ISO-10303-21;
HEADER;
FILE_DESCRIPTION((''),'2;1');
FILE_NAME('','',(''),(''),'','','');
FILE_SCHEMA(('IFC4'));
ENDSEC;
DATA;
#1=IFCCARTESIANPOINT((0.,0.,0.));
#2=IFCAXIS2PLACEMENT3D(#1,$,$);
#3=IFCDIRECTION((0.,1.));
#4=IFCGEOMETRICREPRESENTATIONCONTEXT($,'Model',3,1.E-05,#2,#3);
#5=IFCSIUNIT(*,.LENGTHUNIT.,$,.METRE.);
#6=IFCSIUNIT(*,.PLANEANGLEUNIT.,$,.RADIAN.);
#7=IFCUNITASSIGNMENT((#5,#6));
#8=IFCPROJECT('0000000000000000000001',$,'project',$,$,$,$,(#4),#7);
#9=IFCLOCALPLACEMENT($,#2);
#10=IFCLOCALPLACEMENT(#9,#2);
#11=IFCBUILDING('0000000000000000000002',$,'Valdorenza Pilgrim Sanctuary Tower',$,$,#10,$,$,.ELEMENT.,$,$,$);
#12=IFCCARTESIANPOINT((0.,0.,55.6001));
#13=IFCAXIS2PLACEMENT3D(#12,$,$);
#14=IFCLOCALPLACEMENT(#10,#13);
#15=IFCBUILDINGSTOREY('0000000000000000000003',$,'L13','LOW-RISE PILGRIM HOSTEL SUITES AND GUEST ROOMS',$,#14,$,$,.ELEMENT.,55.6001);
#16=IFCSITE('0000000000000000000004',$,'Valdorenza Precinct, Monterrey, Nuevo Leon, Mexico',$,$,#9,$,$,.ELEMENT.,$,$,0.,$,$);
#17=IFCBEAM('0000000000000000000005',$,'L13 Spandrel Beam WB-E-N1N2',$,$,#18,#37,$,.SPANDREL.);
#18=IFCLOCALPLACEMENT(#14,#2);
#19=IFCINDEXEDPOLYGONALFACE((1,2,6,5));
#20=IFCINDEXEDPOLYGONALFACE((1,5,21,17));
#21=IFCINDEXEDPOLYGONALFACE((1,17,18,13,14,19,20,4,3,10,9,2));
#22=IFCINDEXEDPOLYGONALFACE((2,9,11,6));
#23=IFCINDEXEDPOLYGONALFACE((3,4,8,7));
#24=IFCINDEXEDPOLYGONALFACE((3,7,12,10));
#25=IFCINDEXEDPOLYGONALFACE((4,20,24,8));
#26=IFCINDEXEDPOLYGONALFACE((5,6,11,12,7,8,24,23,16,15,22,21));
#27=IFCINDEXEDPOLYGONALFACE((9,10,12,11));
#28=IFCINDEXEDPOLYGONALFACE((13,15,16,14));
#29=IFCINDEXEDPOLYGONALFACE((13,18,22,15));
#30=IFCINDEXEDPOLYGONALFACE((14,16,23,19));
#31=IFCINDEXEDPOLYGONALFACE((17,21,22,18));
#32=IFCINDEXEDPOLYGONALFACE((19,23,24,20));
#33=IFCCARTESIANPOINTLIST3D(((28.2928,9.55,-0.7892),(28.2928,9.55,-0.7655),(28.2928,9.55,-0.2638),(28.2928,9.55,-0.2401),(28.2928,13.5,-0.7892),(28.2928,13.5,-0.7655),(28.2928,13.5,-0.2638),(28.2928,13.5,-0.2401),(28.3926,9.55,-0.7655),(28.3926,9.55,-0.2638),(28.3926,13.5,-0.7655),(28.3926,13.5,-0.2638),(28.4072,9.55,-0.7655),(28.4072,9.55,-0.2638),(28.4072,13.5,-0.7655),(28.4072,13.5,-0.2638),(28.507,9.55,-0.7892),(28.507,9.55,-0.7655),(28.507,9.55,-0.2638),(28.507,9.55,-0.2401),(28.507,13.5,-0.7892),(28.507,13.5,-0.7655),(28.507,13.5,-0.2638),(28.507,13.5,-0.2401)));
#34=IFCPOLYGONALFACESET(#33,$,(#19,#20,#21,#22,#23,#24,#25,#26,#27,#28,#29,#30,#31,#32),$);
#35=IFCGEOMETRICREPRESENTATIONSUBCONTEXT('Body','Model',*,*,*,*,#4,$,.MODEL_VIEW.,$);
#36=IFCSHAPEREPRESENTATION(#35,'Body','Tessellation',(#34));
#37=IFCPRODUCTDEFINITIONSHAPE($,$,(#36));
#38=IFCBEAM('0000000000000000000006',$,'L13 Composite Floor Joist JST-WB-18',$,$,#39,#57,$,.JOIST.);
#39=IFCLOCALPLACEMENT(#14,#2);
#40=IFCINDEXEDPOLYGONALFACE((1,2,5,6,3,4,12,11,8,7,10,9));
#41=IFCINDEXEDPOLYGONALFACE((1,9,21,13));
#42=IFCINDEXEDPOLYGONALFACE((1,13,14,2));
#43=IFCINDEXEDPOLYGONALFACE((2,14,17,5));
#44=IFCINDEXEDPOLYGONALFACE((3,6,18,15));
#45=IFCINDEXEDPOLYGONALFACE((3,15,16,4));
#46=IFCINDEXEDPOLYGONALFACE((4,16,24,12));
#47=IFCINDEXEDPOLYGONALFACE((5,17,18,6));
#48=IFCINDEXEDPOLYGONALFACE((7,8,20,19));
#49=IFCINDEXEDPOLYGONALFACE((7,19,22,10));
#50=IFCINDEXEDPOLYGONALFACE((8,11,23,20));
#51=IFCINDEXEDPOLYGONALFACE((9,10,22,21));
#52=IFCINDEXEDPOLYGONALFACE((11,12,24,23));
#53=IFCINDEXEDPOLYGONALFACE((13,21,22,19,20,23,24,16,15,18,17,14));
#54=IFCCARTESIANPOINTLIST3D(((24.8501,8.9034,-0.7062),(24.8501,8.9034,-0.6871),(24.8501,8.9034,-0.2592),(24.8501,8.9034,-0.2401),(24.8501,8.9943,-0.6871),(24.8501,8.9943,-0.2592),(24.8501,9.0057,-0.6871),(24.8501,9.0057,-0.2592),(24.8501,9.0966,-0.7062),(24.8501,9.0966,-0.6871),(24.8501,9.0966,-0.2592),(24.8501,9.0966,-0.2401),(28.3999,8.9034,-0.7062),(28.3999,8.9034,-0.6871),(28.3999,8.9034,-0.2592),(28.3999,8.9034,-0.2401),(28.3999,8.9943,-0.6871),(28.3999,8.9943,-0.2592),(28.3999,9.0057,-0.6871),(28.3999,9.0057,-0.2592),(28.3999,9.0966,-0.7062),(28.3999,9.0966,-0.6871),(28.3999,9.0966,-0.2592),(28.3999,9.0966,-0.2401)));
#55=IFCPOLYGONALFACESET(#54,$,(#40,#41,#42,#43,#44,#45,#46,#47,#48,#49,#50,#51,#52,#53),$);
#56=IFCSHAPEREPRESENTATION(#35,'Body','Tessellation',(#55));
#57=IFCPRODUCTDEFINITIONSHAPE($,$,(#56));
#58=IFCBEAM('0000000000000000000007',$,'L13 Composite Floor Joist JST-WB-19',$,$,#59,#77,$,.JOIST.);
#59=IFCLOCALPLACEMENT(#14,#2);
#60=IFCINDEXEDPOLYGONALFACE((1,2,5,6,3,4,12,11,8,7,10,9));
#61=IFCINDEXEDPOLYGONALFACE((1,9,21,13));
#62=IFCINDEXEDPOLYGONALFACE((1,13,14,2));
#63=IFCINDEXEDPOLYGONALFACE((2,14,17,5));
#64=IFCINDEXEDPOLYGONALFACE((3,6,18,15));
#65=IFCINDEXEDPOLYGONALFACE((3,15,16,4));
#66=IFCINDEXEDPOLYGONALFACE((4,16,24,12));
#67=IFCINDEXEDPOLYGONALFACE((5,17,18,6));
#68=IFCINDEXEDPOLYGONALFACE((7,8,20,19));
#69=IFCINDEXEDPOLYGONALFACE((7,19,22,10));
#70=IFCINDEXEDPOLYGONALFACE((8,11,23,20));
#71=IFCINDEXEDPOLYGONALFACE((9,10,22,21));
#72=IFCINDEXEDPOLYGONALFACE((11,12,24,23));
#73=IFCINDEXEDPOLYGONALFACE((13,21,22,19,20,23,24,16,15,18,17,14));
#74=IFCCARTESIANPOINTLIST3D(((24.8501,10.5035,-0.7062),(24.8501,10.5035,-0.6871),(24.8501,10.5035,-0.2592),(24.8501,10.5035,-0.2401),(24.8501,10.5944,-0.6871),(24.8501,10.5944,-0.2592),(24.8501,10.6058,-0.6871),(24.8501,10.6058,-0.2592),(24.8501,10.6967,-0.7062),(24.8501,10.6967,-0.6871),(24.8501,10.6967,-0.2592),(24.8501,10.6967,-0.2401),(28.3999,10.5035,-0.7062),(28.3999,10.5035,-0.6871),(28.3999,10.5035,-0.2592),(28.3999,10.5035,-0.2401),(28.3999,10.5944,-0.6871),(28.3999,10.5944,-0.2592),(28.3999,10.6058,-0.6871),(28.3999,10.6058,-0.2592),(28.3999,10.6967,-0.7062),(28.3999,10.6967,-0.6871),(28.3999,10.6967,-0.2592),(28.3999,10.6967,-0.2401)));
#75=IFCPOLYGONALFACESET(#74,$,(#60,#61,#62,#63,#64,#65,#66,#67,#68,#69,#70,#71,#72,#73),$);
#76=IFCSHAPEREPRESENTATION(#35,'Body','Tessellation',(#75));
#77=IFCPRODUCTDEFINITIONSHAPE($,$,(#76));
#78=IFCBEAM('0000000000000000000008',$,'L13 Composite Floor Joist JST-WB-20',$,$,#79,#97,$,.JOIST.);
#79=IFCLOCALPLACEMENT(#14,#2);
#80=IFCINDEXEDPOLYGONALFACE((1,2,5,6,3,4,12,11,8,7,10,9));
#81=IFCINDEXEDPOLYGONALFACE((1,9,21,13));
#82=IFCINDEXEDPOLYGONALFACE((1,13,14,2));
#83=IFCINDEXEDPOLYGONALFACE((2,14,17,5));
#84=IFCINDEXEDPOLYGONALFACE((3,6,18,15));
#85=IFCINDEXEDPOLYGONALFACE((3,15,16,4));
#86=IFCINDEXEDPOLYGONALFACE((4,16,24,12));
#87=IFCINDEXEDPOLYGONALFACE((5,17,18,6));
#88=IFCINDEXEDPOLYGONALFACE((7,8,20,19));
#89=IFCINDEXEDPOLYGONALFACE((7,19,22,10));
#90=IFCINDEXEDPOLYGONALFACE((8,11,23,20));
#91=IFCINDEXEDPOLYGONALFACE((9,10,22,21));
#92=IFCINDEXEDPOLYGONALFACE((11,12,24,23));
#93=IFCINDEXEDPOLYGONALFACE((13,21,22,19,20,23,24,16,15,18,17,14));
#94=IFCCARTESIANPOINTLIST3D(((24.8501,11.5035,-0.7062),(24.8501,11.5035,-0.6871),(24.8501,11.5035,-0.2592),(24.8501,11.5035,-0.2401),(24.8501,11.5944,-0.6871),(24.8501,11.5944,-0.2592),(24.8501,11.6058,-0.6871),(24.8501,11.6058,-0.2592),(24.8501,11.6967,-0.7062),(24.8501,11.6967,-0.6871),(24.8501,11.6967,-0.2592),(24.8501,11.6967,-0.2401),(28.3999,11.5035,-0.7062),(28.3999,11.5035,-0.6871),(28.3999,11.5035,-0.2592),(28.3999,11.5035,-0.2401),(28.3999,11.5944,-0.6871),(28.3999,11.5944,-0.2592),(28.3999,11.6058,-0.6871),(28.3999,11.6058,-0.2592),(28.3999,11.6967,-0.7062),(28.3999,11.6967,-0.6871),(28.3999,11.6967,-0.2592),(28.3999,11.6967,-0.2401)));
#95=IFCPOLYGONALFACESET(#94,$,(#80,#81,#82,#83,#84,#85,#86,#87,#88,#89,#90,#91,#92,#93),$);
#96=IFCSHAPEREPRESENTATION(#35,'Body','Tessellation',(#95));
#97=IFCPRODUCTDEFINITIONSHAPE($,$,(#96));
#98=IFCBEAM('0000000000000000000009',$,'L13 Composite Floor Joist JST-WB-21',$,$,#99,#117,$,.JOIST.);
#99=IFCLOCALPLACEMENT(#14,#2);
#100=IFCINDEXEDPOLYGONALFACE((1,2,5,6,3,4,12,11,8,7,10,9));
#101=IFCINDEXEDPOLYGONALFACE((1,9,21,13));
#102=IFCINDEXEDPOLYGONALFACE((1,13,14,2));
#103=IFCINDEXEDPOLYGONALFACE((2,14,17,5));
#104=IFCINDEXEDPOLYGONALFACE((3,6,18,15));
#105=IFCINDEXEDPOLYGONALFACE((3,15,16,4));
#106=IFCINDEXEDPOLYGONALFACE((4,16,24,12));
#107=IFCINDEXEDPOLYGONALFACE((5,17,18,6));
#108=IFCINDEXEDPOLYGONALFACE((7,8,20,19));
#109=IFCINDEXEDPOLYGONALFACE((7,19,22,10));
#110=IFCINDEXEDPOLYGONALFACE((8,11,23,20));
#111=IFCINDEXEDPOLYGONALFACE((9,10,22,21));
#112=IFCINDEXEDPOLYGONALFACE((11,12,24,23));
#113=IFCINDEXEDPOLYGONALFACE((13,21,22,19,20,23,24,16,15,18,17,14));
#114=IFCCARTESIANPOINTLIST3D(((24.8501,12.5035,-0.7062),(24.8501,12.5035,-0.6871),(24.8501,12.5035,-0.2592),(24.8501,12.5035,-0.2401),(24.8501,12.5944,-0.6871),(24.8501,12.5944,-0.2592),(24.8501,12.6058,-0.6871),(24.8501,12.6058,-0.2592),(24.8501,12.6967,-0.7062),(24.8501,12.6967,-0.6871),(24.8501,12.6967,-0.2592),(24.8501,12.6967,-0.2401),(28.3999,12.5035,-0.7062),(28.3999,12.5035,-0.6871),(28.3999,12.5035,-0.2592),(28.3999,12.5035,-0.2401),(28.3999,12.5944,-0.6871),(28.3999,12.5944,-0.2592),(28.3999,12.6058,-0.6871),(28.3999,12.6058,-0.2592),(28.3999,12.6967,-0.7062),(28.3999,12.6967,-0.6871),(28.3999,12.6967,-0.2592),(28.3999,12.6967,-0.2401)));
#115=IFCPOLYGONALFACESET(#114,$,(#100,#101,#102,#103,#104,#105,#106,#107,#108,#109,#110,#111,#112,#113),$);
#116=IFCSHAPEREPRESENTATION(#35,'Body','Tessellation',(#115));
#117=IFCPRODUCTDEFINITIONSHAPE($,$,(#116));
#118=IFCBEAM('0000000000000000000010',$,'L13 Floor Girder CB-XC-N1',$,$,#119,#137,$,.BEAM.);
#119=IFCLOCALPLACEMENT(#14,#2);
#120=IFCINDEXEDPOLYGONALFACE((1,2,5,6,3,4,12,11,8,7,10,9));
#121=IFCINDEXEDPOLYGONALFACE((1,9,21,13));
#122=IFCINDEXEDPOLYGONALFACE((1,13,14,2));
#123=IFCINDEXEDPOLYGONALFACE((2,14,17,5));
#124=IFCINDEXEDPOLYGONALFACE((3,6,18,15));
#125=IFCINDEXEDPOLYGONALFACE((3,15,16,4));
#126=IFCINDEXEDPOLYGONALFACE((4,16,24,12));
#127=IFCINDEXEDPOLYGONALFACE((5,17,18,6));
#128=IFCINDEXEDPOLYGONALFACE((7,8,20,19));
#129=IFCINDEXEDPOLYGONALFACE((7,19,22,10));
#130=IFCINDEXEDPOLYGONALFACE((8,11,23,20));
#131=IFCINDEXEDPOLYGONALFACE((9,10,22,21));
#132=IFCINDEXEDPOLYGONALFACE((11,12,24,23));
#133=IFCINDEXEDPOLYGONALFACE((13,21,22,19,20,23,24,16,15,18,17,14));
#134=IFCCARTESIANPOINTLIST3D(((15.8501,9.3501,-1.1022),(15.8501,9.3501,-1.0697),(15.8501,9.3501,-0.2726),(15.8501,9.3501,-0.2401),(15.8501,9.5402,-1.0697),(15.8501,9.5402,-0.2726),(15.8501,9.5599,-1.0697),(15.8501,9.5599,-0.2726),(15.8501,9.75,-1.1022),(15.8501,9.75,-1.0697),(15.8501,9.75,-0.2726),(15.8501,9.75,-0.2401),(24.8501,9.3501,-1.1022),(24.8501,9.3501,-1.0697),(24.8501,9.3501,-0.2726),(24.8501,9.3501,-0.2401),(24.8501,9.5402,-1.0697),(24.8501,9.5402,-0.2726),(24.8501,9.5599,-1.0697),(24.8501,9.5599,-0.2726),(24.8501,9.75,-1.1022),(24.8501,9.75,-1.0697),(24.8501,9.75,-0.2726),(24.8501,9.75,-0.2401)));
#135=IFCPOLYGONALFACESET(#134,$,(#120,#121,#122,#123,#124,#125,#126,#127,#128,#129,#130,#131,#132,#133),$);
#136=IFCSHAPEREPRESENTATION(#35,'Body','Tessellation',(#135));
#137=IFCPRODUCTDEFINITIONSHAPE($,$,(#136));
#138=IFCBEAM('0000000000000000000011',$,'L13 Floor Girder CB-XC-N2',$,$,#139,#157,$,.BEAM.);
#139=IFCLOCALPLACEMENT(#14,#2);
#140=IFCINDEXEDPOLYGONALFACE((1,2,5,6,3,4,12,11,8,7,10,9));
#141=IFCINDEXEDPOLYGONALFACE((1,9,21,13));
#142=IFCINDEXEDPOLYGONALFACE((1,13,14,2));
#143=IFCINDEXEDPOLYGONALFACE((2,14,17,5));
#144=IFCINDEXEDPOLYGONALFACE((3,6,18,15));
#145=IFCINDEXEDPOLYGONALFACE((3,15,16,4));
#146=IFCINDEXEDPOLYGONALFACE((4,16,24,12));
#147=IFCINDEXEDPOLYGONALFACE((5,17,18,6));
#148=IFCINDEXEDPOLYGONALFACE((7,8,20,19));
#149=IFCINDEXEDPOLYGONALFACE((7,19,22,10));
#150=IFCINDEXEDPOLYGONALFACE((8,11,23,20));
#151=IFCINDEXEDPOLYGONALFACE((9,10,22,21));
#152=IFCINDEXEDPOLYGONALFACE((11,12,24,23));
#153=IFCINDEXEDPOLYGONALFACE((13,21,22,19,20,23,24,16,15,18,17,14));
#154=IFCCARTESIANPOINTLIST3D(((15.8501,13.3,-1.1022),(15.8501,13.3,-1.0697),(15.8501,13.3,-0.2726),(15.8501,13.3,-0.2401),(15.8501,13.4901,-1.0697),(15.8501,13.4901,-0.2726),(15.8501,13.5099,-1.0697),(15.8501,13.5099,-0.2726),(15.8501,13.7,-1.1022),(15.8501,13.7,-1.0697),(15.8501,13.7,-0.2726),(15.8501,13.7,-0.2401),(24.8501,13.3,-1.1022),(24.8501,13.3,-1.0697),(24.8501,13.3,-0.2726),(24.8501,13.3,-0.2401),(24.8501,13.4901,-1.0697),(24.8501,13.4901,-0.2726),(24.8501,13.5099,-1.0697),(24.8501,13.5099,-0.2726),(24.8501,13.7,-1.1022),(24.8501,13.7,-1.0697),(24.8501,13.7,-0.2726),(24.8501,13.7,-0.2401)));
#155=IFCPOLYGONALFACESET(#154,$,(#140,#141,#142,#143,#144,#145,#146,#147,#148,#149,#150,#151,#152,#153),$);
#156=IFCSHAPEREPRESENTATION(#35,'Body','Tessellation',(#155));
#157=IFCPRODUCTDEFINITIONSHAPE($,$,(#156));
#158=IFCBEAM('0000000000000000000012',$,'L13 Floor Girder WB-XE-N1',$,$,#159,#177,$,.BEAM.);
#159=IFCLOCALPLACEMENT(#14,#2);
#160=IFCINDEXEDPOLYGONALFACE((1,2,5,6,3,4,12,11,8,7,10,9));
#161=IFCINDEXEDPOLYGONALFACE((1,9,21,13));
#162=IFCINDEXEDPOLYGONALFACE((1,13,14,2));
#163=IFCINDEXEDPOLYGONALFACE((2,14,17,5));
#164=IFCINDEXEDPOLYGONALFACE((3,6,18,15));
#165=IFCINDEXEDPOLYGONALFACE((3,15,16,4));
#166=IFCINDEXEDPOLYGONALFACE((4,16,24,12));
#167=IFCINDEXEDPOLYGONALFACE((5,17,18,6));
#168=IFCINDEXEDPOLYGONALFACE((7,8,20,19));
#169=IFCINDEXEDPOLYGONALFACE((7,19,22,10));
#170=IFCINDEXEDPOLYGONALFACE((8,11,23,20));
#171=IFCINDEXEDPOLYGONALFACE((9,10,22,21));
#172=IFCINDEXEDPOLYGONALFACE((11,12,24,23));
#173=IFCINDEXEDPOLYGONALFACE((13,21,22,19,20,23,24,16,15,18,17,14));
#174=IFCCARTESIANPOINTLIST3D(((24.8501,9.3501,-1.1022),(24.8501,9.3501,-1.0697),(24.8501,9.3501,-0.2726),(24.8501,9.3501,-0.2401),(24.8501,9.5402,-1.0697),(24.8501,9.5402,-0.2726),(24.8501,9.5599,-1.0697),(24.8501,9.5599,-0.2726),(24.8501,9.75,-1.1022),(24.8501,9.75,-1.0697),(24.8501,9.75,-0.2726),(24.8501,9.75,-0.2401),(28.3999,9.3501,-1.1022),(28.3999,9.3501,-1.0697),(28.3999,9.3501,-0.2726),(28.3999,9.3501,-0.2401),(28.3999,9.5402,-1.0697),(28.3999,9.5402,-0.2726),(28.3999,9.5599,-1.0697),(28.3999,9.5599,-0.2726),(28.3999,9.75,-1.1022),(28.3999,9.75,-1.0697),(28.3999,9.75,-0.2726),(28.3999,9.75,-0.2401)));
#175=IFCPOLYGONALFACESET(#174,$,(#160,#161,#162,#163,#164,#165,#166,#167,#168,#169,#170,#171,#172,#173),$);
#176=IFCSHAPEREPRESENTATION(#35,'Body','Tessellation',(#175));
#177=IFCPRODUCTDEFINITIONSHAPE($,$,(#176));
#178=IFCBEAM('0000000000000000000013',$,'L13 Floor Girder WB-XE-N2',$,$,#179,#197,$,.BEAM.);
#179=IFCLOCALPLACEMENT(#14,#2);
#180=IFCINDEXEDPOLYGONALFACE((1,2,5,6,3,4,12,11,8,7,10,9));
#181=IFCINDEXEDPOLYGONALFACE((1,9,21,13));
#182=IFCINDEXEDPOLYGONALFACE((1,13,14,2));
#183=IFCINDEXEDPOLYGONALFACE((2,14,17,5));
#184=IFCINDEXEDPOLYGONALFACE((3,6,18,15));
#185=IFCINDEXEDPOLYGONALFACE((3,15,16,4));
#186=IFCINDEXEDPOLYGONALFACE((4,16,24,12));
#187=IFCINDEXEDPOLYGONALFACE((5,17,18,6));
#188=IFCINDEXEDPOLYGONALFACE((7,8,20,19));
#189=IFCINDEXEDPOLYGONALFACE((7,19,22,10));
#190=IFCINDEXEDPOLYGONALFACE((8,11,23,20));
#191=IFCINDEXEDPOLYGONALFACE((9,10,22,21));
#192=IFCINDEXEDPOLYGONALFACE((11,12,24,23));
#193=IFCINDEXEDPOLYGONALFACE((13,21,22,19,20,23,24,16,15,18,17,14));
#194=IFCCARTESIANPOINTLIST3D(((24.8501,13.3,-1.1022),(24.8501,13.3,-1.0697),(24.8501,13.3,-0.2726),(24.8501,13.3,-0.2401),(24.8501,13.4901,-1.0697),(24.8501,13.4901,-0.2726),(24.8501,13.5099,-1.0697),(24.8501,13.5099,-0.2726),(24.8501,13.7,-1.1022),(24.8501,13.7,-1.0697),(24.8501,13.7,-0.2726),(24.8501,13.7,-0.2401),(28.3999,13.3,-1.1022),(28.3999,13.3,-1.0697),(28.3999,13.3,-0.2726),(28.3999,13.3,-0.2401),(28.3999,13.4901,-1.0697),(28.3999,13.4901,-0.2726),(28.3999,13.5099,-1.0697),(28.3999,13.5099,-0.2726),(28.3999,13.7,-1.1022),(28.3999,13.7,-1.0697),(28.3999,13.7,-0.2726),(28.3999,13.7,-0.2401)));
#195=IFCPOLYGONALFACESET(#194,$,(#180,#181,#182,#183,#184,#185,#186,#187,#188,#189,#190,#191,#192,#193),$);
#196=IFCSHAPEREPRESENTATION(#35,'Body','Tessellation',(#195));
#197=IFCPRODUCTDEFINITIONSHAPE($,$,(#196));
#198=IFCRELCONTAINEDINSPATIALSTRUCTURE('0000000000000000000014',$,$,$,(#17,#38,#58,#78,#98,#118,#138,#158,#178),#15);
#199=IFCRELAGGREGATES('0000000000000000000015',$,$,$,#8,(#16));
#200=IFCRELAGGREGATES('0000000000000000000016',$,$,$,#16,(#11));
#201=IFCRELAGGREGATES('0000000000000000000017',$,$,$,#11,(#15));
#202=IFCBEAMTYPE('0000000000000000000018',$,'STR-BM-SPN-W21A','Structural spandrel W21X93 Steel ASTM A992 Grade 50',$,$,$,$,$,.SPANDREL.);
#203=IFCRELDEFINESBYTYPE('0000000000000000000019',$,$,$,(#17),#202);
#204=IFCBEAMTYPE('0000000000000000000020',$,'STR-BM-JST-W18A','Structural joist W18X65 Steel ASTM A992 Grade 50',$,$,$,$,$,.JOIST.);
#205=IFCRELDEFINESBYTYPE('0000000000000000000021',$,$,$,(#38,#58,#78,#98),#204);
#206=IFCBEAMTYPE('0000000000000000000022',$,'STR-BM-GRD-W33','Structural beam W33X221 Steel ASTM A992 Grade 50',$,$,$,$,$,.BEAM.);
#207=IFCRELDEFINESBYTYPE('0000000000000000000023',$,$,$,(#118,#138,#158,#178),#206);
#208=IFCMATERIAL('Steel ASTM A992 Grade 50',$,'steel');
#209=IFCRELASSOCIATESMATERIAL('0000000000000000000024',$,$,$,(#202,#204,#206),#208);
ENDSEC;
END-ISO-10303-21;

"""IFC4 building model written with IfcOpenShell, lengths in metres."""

from ifc_helpers import new_model, si_unit, direction, frame, origin, origin_2d, place, context, subcontext, project, spatial, i_section, extrude, source, transform, mapped, material, material_profile, profile_set, type_object, element, save


model = new_model("IFC4")

# Units and contexts
model_context = context("Model", 3, precision=1e-05, world=origin(), true_north=direction((0.0, 1.0)))
body_context = subcontext(model_context, "Body", "Model", "MODEL_VIEW")
ifc_project = project(units=[si_unit("LENGTHUNIT", "METRE"), si_unit("PLANEANGLEUNIT", "RADIAN")], contexts=[model_context])

# Site, building, storey
site_placement = place(None, origin())
site = spatial("IfcSite", under=ifc_project, at=site_placement, Name="Valdorenza Precinct, Monterrey, Nuevo Leon, Mexico", CompositionType="ELEMENT", RefElevation=0.0)
building_placement = place(site_placement, origin())
building = spatial("IfcBuilding", under=site, at=building_placement, Name="Valdorenza Pilgrim Sanctuary Tower", CompositionType="ELEMENT")
storey_placement = place(building_placement, frame((0.0, 0.0, 55.6001)))
storey = spatial("IfcBuildingStorey", under=building, at=storey_placement, Name="L13", Description="LOW-RISE PILGRIM HOSTEL SUITES AND GUEST ROOMS", CompositionType="ELEMENT", Elevation=55.6001)

# Beams
ifc_material_1 = material(Name="Steel ASTM A992 Grade 50", Category="steel")
ifc_material_profile_1 = material_profile(ifc_material_1, i_section(OverallWidth=0.2141, OverallDepth=0.5491, WebThickness=0.0146, FlangeThickness=0.0237, at=origin_2d()), Name="W21X93")
ifc_profile_set_1 = profile_set([ifc_material_profile_1], Name="Steel ASTM A992 Grade 50")
beam_type_1 = type_object("IfcBeamType", Name="STR-BM-SPN-W21A", Description="Structural spandrel W21X93 Steel ASTM A992 Grade 50", PredefinedType="SPANDREL", material=ifc_profile_set_1)
shared_shape_1 = source(origin(), body_context, "Body", "SweptSolid", [
    extrude(i_section(OverallWidth=0.2141, OverallDepth=0.5491, WebThickness=0.0146, FlangeThickness=0.0237, at=origin_2d()), origin(), (0.0, 0.0, 1.0), 3.95),
])
beam_placement = place(storey_placement, frame((28.3999, 9.55, -0.5146), z_axis=(0.0, 1.0, 0.0), x_axis=(-1.0, 0.0, 0.0)))
element("IfcBeam", 1, at=beam_placement, inside=storey, type_object=beam_type_1, Name="L13 Spandrel Beam WB-E-N1N2", PredefinedType="SPANDREL", context=body_context, shape_type="MappedRepresentation", body=[
    mapped(shared_shape_1, transform((0.0, 0.0, 0.0), x_axis=(1.0, 0.0, 0.0), y_axis=(0.0, 1.0, 0.0), z_axis=(0.0, 0.0, 1.0), scale=1.0)),
])
ifc_material_profile_2 = material_profile(ifc_material_1, i_section(OverallWidth=0.1931, OverallDepth=0.4661, WebThickness=0.0115, FlangeThickness=0.019, at=origin_2d()), Name="W18X65")
ifc_profile_set_2 = profile_set([ifc_material_profile_2], Name="Steel ASTM A992 Grade 50")
beam_type_2 = type_object("IfcBeamType", Name="STR-BM-JST-W18A", Description="Structural joist W18X65 Steel ASTM A992 Grade 50", PredefinedType="JOIST", material=ifc_profile_set_2)
shared_shape_2 = source(origin(), body_context, "Body", "SweptSolid", [
    extrude(i_section(OverallWidth=0.1931, OverallDepth=0.4661, WebThickness=0.0115, FlangeThickness=0.019, at=origin_2d()), origin(), (0.0, 0.0, 1.0), 3.5498),
])
for number, where, z_axis, x_axis, name in (
    (2, (24.8501, 9.0, -0.4731), (1.0, 0.0, 0.0), (0.0, 1.0, 0.0), "L13 Composite Floor Joist JST-WB-18"),
    (3, (24.8501, 10.6001, -0.4731), (1.0, 0.0, 0.0), (0.0, 1.0, 0.0), "L13 Composite Floor Joist JST-WB-19"),
    (4, (24.8501, 11.6001, -0.4731), (1.0, 0.0, 0.0), (0.0, 1.0, 0.0), "L13 Composite Floor Joist JST-WB-20"),
    (5, (24.8501, 12.6001, -0.4731), (1.0, 0.0, 0.0), (0.0, 1.0, 0.0), "L13 Composite Floor Joist JST-WB-21"),
):
    element("IfcBeam", number, at=place(storey_placement, frame(where, z_axis=z_axis, x_axis=x_axis)), inside=storey, type_object=beam_type_2, Name=name, PredefinedType="JOIST", context=body_context, shape_type="MappedRepresentation", body=[
        mapped(shared_shape_2, transform((0.0, 0.0, 0.0), x_axis=(1.0, 0.0, 0.0), y_axis=(0.0, 1.0, 0.0), z_axis=(0.0, 0.0, 1.0), scale=1.0)),
    ])
ifc_material_profile_3 = material_profile(ifc_material_1, i_section(OverallWidth=0.3999, OverallDepth=0.8621, WebThickness=0.0198, FlangeThickness=0.0325, at=origin_2d()), Name="W33X221")
ifc_profile_set_3 = profile_set([ifc_material_profile_3], Name="Steel ASTM A992 Grade 50")
beam_type_3 = type_object("IfcBeamType", Name="STR-BM-GRD-W33", Description="Structural beam W33X221 Steel ASTM A992 Grade 50", PredefinedType="BEAM", material=ifc_profile_set_3)
shared_shape_3 = source(origin(), body_context, "Body", "SweptSolid", [
    extrude(i_section(OverallWidth=0.3999, OverallDepth=0.8621, WebThickness=0.0198, FlangeThickness=0.0325, at=origin_2d()), origin(), (0.0, 0.0, 1.0), 9.0),
])
for number, where, z_axis, x_axis, name in (
    (6, (15.8501, 9.55, -0.6711), (1.0, 0.0, 0.0), (0.0, 1.0, 0.0), "L13 Floor Girder CB-XC-N1"),
    (7, (15.8501, 13.5, -0.6711), (1.0, 0.0, 0.0), (0.0, 1.0, 0.0), "L13 Floor Girder CB-XC-N2"),
):
    element("IfcBeam", number, at=place(storey_placement, frame(where, z_axis=z_axis, x_axis=x_axis)), inside=storey, type_object=beam_type_3, Name=name, PredefinedType="BEAM", context=body_context, shape_type="MappedRepresentation", body=[
        mapped(shared_shape_3, transform((0.0, 0.0, 0.0), x_axis=(1.0, 0.0, 0.0), y_axis=(0.0, 1.0, 0.0), z_axis=(0.0, 0.0, 1.0), scale=1.0)),
    ])
shared_shape_4 = source(origin(), body_context, "Body", "SweptSolid", [
    extrude(i_section(OverallWidth=0.3999, OverallDepth=0.8621, WebThickness=0.0198, FlangeThickness=0.0325, at=origin_2d()), origin(), (0.0, 0.0, 1.0), 3.5498),
])
for number, where, z_axis, x_axis, name in (
    (8, (24.8501, 9.55, -0.6711), (1.0, 0.0, 0.0), (0.0, 1.0, 0.0), "L13 Floor Girder WB-XE-N1"),
    (9, (24.8501, 13.5, -0.6711), (1.0, 0.0, 0.0), (0.0, 1.0, 0.0), "L13 Floor Girder WB-XE-N2"),
):
    element("IfcBeam", number, at=place(storey_placement, frame(where, z_axis=z_axis, x_axis=x_axis)), inside=storey, type_object=beam_type_3, Name=name, PredefinedType="BEAM", context=body_context, shape_type="MappedRepresentation", body=[
        mapped(shared_shape_4, transform((0.0, 0.0, 0.0), x_axis=(1.0, 0.0, 0.0), y_axis=(0.0, 1.0, 0.0), z_axis=(0.0, 0.0, 1.0), scale=1.0)),
    ])

save(model, "model.ifc")
